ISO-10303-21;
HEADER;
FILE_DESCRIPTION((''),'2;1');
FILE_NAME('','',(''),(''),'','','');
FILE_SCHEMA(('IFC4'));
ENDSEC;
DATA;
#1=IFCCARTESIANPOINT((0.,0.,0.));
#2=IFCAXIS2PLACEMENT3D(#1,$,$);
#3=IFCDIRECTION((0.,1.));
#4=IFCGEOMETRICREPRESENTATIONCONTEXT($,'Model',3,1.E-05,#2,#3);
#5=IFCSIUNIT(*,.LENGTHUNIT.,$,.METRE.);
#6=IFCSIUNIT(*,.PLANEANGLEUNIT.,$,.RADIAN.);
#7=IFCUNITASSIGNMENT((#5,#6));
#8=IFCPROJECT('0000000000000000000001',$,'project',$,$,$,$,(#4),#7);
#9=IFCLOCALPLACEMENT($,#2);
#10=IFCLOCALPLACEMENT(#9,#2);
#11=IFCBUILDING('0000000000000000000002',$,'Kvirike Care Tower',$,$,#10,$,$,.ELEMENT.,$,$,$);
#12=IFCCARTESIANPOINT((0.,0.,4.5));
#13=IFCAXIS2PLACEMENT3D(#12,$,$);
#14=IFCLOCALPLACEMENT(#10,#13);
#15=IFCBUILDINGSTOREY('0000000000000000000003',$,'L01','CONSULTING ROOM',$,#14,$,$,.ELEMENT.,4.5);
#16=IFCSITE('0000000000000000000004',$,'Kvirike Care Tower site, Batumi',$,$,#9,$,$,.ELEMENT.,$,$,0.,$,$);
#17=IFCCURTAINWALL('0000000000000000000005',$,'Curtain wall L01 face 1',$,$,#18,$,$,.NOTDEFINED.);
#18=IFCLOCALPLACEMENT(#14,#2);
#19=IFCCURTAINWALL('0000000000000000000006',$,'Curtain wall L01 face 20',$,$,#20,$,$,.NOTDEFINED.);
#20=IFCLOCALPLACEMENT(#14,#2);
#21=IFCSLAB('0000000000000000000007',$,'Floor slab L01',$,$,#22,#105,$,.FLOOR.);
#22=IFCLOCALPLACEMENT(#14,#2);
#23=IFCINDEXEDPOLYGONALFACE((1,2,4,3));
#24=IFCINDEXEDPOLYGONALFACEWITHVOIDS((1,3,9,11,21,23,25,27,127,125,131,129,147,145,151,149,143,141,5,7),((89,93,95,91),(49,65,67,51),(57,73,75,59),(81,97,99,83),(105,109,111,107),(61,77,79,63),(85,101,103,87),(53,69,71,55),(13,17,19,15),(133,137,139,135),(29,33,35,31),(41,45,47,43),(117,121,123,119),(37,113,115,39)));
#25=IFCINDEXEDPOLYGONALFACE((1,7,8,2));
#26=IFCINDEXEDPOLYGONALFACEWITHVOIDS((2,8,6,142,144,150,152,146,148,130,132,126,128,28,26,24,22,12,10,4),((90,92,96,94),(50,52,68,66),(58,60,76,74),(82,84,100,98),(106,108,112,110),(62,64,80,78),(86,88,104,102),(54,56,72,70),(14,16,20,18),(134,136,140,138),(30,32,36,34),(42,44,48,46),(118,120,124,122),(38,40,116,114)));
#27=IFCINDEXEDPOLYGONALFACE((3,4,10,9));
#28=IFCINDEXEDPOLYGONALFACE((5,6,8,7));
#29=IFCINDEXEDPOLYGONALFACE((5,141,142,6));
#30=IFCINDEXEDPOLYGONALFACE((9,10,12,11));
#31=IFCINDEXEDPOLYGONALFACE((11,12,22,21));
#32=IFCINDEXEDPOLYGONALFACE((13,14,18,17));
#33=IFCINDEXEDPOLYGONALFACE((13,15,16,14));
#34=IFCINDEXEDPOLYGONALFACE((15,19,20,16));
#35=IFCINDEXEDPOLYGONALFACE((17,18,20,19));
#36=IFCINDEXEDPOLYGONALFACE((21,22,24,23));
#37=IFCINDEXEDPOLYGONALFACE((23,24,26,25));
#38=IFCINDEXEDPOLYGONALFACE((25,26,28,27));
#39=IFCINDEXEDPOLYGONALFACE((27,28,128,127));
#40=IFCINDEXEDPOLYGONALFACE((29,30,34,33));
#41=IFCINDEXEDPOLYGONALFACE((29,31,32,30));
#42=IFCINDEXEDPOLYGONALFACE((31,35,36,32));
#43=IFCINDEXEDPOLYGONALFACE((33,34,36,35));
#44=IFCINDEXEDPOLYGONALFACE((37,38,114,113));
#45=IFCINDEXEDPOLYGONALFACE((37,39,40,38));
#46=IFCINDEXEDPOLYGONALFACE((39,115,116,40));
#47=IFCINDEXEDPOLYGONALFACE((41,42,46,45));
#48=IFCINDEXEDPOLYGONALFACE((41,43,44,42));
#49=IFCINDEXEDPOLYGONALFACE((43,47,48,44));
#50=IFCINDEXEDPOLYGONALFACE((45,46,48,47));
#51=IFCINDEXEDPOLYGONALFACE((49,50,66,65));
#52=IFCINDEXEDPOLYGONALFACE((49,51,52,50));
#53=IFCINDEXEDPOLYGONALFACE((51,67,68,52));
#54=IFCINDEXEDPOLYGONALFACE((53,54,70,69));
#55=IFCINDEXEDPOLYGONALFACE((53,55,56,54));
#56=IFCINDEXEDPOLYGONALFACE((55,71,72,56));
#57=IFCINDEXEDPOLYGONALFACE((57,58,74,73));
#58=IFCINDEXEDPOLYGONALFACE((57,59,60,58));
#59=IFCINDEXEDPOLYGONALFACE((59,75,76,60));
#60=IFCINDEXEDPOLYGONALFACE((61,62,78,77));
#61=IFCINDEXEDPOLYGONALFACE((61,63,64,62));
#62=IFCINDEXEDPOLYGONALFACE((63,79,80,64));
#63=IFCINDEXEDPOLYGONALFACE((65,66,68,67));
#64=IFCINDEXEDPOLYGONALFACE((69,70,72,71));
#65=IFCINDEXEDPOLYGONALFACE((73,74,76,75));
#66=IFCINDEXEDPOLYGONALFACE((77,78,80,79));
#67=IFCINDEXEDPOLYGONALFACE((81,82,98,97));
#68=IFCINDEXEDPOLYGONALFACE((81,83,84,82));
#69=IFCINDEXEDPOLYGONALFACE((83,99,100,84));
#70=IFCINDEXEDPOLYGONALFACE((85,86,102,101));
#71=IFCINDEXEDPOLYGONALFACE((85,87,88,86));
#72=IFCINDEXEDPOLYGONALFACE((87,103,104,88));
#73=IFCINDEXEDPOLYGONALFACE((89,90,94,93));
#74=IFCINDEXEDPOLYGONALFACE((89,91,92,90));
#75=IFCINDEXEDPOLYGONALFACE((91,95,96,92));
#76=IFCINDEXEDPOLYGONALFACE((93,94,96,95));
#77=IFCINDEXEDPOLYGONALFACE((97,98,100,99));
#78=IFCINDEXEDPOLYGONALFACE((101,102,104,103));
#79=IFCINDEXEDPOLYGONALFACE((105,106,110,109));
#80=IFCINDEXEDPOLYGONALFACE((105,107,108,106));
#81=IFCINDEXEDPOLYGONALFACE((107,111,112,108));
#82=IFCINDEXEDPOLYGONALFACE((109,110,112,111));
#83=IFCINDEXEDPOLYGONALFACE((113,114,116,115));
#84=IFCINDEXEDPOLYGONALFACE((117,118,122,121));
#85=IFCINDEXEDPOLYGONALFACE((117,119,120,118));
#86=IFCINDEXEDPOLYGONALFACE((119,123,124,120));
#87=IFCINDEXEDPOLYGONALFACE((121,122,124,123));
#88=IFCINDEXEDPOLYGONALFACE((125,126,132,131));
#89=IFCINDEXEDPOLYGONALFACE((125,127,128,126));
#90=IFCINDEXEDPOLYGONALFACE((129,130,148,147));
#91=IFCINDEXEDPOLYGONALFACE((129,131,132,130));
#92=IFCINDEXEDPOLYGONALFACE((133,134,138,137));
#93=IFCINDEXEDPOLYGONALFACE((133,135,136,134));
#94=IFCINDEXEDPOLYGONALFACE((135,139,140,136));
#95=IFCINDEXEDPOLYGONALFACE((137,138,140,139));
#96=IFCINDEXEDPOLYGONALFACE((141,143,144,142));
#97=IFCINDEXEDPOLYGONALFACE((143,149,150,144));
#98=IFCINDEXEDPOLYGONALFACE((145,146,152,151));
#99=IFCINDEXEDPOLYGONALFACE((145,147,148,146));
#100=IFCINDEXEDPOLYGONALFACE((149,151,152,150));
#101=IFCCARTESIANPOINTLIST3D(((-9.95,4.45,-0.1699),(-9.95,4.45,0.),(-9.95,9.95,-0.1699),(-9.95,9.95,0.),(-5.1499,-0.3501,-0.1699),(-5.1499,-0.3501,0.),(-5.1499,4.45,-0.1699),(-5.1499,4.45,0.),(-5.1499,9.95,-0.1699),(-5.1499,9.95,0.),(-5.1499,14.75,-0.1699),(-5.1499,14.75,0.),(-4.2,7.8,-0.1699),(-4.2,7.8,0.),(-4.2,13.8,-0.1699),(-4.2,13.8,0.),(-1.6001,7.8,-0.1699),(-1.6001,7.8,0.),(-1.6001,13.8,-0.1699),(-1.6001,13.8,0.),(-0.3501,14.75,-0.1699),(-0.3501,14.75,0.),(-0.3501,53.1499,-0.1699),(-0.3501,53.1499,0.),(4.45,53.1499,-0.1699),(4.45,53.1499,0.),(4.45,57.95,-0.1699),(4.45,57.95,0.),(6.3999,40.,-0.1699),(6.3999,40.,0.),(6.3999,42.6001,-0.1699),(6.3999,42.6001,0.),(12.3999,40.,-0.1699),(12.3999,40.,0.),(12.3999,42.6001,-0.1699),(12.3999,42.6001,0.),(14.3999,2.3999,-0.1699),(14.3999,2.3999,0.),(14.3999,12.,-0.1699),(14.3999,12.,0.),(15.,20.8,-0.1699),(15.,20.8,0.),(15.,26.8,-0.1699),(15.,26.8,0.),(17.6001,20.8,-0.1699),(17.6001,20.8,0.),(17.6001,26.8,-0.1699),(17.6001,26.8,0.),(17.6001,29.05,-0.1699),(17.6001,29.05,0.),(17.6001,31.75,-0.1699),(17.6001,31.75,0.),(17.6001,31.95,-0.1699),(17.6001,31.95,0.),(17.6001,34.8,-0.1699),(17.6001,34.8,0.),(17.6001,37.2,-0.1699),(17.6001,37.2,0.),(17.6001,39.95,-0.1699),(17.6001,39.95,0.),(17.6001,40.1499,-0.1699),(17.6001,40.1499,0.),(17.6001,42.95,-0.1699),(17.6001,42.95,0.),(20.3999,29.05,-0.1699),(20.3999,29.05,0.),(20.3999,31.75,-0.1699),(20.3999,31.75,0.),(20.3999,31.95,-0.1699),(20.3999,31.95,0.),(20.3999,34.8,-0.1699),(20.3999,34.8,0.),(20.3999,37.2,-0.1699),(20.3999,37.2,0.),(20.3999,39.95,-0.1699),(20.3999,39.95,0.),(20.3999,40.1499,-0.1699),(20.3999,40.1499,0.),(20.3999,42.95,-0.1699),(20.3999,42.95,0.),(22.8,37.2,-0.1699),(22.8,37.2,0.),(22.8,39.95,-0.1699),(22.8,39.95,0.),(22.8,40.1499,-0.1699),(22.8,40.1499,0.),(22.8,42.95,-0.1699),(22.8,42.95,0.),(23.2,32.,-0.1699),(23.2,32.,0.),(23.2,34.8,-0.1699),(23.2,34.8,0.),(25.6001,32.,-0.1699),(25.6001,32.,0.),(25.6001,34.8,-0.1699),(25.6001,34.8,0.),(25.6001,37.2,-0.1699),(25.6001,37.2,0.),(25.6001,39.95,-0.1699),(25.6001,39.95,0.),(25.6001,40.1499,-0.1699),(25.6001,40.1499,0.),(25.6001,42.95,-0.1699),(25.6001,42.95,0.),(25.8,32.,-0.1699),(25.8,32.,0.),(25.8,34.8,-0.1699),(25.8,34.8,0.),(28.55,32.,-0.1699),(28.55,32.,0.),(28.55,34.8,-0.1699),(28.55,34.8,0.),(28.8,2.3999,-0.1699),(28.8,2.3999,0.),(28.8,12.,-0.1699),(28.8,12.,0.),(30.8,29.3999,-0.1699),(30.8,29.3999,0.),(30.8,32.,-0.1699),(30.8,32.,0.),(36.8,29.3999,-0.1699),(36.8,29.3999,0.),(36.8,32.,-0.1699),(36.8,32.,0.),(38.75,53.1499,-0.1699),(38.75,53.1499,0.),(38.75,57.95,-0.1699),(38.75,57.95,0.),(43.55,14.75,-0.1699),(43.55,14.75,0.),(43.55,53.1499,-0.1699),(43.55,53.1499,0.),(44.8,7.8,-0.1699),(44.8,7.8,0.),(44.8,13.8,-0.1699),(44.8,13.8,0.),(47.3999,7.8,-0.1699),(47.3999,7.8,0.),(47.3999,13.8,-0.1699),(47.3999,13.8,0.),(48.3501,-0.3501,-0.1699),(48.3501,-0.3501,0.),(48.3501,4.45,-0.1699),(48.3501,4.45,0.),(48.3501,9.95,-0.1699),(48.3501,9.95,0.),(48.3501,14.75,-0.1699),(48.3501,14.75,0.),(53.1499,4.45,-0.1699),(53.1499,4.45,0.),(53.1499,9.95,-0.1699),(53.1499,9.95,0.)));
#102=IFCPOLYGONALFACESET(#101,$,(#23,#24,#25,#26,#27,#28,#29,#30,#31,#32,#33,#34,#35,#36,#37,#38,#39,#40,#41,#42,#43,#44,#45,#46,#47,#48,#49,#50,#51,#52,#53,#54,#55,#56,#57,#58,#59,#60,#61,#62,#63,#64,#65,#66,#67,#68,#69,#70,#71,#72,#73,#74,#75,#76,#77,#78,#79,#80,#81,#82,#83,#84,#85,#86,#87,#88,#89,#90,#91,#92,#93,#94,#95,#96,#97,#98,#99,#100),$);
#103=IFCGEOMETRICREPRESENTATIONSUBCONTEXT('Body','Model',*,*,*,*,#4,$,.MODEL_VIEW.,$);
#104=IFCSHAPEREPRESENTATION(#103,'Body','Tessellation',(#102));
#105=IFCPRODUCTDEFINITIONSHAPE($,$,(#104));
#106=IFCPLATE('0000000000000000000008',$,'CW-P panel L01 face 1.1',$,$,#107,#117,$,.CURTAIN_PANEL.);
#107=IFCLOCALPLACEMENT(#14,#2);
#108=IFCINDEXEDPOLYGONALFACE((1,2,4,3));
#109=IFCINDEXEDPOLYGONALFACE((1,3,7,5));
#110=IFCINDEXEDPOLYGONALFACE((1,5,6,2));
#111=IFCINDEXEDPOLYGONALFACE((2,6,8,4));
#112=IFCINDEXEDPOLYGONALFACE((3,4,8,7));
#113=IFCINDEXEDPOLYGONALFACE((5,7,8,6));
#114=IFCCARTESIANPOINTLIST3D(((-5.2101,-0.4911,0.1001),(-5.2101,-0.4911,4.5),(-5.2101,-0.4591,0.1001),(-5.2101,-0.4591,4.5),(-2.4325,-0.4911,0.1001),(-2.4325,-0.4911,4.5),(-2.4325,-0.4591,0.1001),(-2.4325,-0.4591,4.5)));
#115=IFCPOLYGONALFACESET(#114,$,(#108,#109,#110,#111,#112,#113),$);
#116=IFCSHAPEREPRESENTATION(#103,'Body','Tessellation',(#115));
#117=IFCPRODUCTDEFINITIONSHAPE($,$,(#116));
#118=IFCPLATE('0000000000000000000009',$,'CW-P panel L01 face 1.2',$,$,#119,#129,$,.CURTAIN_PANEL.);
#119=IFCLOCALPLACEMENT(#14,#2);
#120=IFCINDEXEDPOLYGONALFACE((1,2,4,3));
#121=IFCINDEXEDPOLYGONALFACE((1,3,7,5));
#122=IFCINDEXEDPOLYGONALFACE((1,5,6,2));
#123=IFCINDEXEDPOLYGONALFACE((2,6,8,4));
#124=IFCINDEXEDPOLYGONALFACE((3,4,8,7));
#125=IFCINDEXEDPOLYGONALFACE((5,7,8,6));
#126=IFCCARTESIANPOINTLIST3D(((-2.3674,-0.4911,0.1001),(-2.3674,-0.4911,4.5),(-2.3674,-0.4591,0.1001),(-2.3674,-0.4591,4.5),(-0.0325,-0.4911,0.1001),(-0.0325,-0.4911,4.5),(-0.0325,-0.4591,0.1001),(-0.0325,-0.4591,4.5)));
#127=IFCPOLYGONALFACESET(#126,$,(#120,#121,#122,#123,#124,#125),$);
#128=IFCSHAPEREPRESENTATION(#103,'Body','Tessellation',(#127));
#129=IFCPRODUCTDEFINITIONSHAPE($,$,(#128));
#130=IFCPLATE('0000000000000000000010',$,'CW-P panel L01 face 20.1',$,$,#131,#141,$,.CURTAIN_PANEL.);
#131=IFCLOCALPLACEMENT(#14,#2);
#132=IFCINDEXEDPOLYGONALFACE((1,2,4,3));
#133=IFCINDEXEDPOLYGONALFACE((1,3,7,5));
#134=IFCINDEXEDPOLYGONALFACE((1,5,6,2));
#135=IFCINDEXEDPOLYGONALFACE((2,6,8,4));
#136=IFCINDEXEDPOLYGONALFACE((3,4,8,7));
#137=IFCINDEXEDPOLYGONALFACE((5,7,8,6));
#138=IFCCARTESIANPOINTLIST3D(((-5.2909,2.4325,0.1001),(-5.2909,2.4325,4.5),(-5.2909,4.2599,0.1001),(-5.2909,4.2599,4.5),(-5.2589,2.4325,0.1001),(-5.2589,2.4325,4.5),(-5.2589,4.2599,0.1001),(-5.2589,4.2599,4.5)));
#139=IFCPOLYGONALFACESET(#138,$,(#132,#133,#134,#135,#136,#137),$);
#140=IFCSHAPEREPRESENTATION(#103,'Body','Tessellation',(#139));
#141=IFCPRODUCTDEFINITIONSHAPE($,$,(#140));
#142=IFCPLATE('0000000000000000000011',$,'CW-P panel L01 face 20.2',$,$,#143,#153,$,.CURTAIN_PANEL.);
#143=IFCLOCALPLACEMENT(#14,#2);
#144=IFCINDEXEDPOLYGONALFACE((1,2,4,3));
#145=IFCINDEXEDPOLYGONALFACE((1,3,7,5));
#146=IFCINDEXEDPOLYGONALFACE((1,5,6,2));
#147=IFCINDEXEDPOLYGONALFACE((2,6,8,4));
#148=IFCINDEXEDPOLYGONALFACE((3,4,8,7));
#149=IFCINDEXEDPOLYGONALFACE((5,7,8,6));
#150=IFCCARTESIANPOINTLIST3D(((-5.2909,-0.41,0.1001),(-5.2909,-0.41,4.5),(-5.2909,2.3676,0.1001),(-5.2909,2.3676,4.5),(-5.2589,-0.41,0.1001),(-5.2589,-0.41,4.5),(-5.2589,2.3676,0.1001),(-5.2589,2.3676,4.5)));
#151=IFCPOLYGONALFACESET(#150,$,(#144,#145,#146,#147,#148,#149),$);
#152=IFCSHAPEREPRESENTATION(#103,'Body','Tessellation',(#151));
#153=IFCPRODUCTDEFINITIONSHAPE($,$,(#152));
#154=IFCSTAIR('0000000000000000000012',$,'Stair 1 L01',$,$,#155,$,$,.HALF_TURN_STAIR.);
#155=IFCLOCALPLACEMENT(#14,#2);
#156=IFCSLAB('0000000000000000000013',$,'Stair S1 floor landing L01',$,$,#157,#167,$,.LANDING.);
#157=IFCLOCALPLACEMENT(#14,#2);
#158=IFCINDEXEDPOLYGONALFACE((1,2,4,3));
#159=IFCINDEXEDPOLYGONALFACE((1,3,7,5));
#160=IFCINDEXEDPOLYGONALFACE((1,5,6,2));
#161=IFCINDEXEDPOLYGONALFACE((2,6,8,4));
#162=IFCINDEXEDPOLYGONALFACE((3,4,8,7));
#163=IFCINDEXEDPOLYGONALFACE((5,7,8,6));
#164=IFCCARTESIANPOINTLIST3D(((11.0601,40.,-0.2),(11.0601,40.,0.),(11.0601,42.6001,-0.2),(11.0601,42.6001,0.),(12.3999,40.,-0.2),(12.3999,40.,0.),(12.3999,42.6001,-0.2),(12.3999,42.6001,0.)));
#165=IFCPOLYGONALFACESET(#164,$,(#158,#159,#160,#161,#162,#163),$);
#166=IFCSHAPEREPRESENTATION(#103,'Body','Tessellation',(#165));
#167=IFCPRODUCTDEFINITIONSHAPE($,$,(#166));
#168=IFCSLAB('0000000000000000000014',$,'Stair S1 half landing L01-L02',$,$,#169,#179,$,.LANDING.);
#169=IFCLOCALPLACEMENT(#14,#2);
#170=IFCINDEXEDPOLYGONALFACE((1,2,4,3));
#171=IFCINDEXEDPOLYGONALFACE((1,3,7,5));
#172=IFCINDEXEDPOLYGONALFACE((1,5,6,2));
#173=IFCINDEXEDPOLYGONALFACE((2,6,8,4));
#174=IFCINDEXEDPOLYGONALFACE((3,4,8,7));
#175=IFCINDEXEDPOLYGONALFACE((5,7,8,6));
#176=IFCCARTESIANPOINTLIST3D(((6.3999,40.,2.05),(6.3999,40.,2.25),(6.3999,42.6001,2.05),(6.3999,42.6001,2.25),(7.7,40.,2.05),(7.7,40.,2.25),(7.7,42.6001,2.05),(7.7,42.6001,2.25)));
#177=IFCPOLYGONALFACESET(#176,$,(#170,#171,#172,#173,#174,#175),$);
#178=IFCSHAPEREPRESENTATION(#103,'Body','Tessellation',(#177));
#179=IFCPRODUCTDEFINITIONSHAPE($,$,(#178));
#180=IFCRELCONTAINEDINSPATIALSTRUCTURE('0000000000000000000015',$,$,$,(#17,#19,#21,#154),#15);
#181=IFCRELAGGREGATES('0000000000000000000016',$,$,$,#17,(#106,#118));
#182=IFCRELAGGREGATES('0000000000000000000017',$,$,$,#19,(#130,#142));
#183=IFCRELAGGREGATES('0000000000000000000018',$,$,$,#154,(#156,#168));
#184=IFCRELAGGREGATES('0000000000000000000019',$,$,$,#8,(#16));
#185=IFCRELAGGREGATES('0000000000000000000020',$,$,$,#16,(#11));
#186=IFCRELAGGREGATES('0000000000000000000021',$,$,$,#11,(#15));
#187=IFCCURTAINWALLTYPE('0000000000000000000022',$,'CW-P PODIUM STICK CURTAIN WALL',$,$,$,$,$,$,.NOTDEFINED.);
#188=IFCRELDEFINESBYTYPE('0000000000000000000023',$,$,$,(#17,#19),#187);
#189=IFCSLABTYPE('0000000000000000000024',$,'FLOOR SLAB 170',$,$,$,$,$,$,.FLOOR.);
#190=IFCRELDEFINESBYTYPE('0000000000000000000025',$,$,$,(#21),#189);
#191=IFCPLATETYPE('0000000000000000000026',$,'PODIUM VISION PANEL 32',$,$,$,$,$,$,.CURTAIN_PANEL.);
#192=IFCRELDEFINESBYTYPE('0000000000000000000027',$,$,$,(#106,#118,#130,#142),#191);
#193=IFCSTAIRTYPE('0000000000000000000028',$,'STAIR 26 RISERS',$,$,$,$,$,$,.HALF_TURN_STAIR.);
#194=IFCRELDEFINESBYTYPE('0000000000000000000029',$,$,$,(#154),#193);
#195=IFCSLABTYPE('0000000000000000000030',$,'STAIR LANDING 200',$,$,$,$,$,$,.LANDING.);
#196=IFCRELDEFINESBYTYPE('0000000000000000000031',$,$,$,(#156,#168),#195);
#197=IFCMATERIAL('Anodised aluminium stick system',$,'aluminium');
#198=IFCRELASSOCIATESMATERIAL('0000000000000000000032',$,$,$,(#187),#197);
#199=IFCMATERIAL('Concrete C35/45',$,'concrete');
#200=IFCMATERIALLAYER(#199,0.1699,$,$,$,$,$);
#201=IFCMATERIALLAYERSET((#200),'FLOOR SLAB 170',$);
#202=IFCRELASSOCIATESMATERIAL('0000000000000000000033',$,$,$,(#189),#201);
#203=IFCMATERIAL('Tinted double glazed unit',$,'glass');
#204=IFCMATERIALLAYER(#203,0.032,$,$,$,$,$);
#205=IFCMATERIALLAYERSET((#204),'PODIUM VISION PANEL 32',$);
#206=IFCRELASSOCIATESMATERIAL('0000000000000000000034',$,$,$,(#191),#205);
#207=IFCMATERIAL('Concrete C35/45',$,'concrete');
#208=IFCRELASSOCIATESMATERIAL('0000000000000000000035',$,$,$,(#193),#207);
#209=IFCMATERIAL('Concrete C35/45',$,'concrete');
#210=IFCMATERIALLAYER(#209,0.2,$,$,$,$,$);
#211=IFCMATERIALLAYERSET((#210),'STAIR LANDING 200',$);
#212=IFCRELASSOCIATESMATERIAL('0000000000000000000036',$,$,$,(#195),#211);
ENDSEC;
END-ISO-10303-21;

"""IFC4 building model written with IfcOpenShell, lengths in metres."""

from ifc_helpers import new_model, si_unit, direction, frame, origin, origin_2d, place, context, subcontext, project, spatial, polyline, rectangle, outline, extrude, material, layer, layer_set, type_object, element, aggregate, save


model = new_model("IFC4")

# Units and contexts
model_context = context("Model", 3, precision=1e-05, world=origin(), true_north=direction((0.0, 1.0)))
body_context = subcontext(model_context, "Body", "Model", "MODEL_VIEW")
ifc_project = project(units=[si_unit("LENGTHUNIT", "METRE"), si_unit("PLANEANGLEUNIT", "RADIAN")], contexts=[model_context])

# Site, building, storey
site_placement = place(None, origin())
site = spatial("IfcSite", under=ifc_project, at=site_placement, Name="Kvirike Care Tower site, Batumi", CompositionType="ELEMENT", RefElevation=0.0)
building_placement = place(site_placement, origin())
building = spatial("IfcBuilding", under=site, at=building_placement, Name="Kvirike Care Tower", CompositionType="ELEMENT")
storey_placement = place(building_placement, frame((0.0, 0.0, 4.5)))
storey = spatial("IfcBuildingStorey", under=building, at=storey_placement, Name="L01", Description="CONSULTING ROOM", CompositionType="ELEMENT", Elevation=4.5)

# Curtain wall
ifc_material_1 = material(Name="Anodised aluminium stick system", Category="aluminium")
curtain_wall_type = type_object("IfcCurtainWallType", Name="CW-P PODIUM STICK CURTAIN WALL", PredefinedType="NOTDEFINED", material=ifc_material_1)
curtain_wall_1_placement = place(storey_placement, origin())
curtain_wall_1 = element("IfcCurtainWall", 1, at=curtain_wall_1_placement, inside=storey, type_object=curtain_wall_type, Name="Curtain wall L01 face 1", PredefinedType="NOTDEFINED")

# Curtain wall
curtain_wall_2_placement = place(storey_placement, origin())
curtain_wall_2 = element("IfcCurtainWall", 2, at=curtain_wall_2_placement, inside=storey, type_object=curtain_wall_type, Name="Curtain wall L01 face 20", PredefinedType="NOTDEFINED")

# Slab
ifc_material_2 = material(Name="Concrete C35/45", Category="concrete")
ifc_layer_1 = layer(ifc_material_2, 0.1699)
ifc_layer_set_1 = layer_set([ifc_layer_1], Name="FLOOR SLAB 170")
slab_type_1 = type_object("IfcSlabType", Name="FLOOR SLAB 170", PredefinedType="FLOOR", material=ifc_layer_set_1)
slab_1_placement = place(storey_placement, frame((0.0, 0.0, -0.1699)))
element("IfcSlab", 3, at=slab_1_placement, inside=storey, type_object=slab_type_1, Name="Floor slab L01", PredefinedType="FLOOR", context=body_context, shape_type="SweptSolid", body=[
    extrude(outline(polyline([(-5.1499, -0.3501), (48.3501, -0.3501), (48.3501, 4.45), (53.1499, 4.45), (53.1499, 9.95), (48.3501, 9.95), (48.3501, 14.75), (43.55, 14.75), (43.55, 53.1499), (38.75, 53.1499), (38.75, 57.95), (4.45, 57.95), (4.45, 53.1499), (-0.3501, 53.1499), (-0.3501, 14.75), (-5.1499, 14.75), (-5.1499, 9.95), (-9.95, 9.95), (-9.95, 4.45), (-5.1499, 4.45), (-5.1499, -0.3501)]), holes=[polyline([(17.6001, 29.05), (17.6001, 31.75), (20.3999, 31.75), (20.3999, 29.05), (17.6001, 29.05)]), polyline([(17.6001, 31.95), (17.6001, 34.8), (20.3999, 34.8), (20.3999, 31.95), (17.6001, 31.95)]), polyline([(17.6001, 37.2), (17.6001, 39.95), (20.3999, 39.95), (20.3999, 37.2), (17.6001, 37.2)]), polyline([(17.6001, 40.1499), (17.6001, 42.95), (20.3999, 42.95), (20.3999, 40.1499), (17.6001, 40.1499)]), polyline([(22.8, 37.2), (22.8, 39.95), (25.6001, 39.95), (25.6001, 37.2), (22.8, 37.2)]), polyline([(22.8, 40.1499), (22.8, 42.95), (25.6001, 42.95), (25.6001, 40.1499), (22.8, 40.1499)]), polyline([(23.2, 32.0), (23.2, 34.8), (25.6001, 34.8), (25.6001, 32.0), (23.2, 32.0)]), polyline([(25.8, 32.0), (25.8, 34.8), (28.55, 34.8), (28.55, 32.0), (25.8, 32.0)]), polyline([(14.3999, 2.3999), (14.3999, 12.0), (28.8, 12.0), (28.8, 2.3999), (14.3999, 2.3999)]), polyline([(12.3999, 42.6001), (12.3999, 40.0), (6.3999, 40.0), (6.3999, 42.6001), (12.3999, 42.6001)]), polyline([(30.8, 29.3999), (30.8, 32.0), (36.8, 32.0), (36.8, 29.3999), (30.8, 29.3999)]), polyline([(-1.6001, 13.8), (-1.6001, 7.8), (-4.2, 7.8), (-4.2, 13.8), (-1.6001, 13.8)]), polyline([(47.3999, 13.8), (47.3999, 7.8), (44.8, 7.8), (44.8, 13.8), (47.3999, 13.8)]), polyline([(15.0, 26.8), (17.6001, 26.8), (17.6001, 20.8), (15.0, 20.8), (15.0, 26.8)])]), origin(), (0.0, 0.0, 1.0), 0.1699),
])

# Plates
ifc_material_3 = material(Name="Tinted double glazed unit", Category="glass")
ifc_layer_2 = layer(ifc_material_3, 0.032)
ifc_layer_set_2 = layer_set([ifc_layer_2], Name="PODIUM VISION PANEL 32")
plate_type = type_object("IfcPlateType", Name="PODIUM VISION PANEL 32", PredefinedType="CURTAIN_PANEL", material=ifc_layer_set_2)
plate_1_placement = place(storey_placement, frame((-3.8213, -0.4751, 0.1001), z_axis=(0.0, 0.0, 1.0), x_axis=(1.0, 0.0, 0.0)))
plate_1 = element("IfcPlate", 4, at=plate_1_placement, type_object=plate_type, Name="CW-P panel L01 face 1.1", PredefinedType="CURTAIN_PANEL", context=body_context, shape_type="SweptSolid", body=[
    extrude(rectangle(XDim=2.7776, YDim=0.032, at=origin_2d()), origin(), (0.0, 0.0, 1.0), 4.3999),
])
plate_2_placement = place(storey_placement, frame((-1.2, -0.4751, 0.1001), z_axis=(0.0, 0.0, 1.0), x_axis=(1.0, 0.0, 0.0)))
plate_2 = element("IfcPlate", 5, at=plate_2_placement, type_object=plate_type, Name="CW-P panel L01 face 1.2", PredefinedType="CURTAIN_PANEL", context=body_context, shape_type="SweptSolid", body=[
    extrude(rectangle(XDim=2.335, YDim=0.032, at=origin_2d()), origin(), (0.0, 0.0, 1.0), 4.3999),
])
aggregate(curtain_wall_1, [plate_1, plate_2])
plate_3_placement = place(storey_placement, frame((-5.2749, 3.3462, 0.1001), z_axis=(0.0, 0.0, 1.0), x_axis=(0.0, -1.0, 0.0)))
plate_3 = element("IfcPlate", 6, at=plate_3_placement, type_object=plate_type, Name="CW-P panel L01 face 20.1", PredefinedType="CURTAIN_PANEL", context=body_context, shape_type="SweptSolid", body=[
    extrude(rectangle(XDim=1.8274, YDim=0.032, at=origin_2d()), origin(), (0.0, 0.0, 1.0), 4.3999),
])
plate_4_placement = place(storey_placement, frame((-5.2749, 0.9788, 0.1001), z_axis=(0.0, 0.0, 1.0), x_axis=(0.0, -1.0, 0.0)))
plate_4 = element("IfcPlate", 7, at=plate_4_placement, type_object=plate_type, Name="CW-P panel L01 face 20.2", PredefinedType="CURTAIN_PANEL", context=body_context, shape_type="SweptSolid", body=[
    extrude(rectangle(XDim=2.7776, YDim=0.032, at=origin_2d()), origin(), (0.0, 0.0, 1.0), 4.3999),
])
aggregate(curtain_wall_2, [plate_3, plate_4])

# Stair, slabs
ifc_material_4 = material(Name="Concrete C35/45", Category="concrete")
stair_type = type_object("IfcStairType", Name="STAIR 26 RISERS", PredefinedType="HALF_TURN_STAIR", material=ifc_material_4)
stair_placement = place(storey_placement, origin())
stair = element("IfcStair", 8, at=stair_placement, inside=storey, type_object=stair_type, Name="Stair 1 L01", PredefinedType="HALF_TURN_STAIR")
ifc_material_5 = material(Name="Concrete C35/45", Category="concrete")
ifc_layer_3 = layer(ifc_material_5, 0.2)
ifc_layer_set_3 = layer_set([ifc_layer_3], Name="STAIR LANDING 200")
slab_type_2 = type_object("IfcSlabType", Name="STAIR LANDING 200", PredefinedType="LANDING", material=ifc_layer_set_3)
slab_2_placement = place(storey_placement, frame((0.0, 0.0, -0.2)))
slab_2 = element("IfcSlab", 9, at=slab_2_placement, type_object=slab_type_2, Name="Stair S1 floor landing L01", PredefinedType="LANDING", context=body_context, shape_type="SweptSolid", body=[
    extrude(outline(polyline([(11.0601, 42.6001), (11.0601, 40.0), (12.3999, 40.0), (12.3999, 42.6001), (11.0601, 42.6001)])), origin(), (0.0, 0.0, 1.0), 0.2),
])
slab_3_placement = place(storey_placement, frame((0.0, 0.0, 2.05)))
slab_3 = element("IfcSlab", 10, at=slab_3_placement, type_object=slab_type_2, Name="Stair S1 half landing L01-L02", PredefinedType="LANDING", context=body_context, shape_type="SweptSolid", body=[
    extrude(outline(polyline([(6.3999, 42.6001), (6.3999, 40.0), (7.7, 40.0), (7.7, 42.6001), (6.3999, 42.6001)])), origin(), (0.0, 0.0, 1.0), 0.2),
])
aggregate(stair, [slab_2, slab_3])

save(model, "model.ifc")
